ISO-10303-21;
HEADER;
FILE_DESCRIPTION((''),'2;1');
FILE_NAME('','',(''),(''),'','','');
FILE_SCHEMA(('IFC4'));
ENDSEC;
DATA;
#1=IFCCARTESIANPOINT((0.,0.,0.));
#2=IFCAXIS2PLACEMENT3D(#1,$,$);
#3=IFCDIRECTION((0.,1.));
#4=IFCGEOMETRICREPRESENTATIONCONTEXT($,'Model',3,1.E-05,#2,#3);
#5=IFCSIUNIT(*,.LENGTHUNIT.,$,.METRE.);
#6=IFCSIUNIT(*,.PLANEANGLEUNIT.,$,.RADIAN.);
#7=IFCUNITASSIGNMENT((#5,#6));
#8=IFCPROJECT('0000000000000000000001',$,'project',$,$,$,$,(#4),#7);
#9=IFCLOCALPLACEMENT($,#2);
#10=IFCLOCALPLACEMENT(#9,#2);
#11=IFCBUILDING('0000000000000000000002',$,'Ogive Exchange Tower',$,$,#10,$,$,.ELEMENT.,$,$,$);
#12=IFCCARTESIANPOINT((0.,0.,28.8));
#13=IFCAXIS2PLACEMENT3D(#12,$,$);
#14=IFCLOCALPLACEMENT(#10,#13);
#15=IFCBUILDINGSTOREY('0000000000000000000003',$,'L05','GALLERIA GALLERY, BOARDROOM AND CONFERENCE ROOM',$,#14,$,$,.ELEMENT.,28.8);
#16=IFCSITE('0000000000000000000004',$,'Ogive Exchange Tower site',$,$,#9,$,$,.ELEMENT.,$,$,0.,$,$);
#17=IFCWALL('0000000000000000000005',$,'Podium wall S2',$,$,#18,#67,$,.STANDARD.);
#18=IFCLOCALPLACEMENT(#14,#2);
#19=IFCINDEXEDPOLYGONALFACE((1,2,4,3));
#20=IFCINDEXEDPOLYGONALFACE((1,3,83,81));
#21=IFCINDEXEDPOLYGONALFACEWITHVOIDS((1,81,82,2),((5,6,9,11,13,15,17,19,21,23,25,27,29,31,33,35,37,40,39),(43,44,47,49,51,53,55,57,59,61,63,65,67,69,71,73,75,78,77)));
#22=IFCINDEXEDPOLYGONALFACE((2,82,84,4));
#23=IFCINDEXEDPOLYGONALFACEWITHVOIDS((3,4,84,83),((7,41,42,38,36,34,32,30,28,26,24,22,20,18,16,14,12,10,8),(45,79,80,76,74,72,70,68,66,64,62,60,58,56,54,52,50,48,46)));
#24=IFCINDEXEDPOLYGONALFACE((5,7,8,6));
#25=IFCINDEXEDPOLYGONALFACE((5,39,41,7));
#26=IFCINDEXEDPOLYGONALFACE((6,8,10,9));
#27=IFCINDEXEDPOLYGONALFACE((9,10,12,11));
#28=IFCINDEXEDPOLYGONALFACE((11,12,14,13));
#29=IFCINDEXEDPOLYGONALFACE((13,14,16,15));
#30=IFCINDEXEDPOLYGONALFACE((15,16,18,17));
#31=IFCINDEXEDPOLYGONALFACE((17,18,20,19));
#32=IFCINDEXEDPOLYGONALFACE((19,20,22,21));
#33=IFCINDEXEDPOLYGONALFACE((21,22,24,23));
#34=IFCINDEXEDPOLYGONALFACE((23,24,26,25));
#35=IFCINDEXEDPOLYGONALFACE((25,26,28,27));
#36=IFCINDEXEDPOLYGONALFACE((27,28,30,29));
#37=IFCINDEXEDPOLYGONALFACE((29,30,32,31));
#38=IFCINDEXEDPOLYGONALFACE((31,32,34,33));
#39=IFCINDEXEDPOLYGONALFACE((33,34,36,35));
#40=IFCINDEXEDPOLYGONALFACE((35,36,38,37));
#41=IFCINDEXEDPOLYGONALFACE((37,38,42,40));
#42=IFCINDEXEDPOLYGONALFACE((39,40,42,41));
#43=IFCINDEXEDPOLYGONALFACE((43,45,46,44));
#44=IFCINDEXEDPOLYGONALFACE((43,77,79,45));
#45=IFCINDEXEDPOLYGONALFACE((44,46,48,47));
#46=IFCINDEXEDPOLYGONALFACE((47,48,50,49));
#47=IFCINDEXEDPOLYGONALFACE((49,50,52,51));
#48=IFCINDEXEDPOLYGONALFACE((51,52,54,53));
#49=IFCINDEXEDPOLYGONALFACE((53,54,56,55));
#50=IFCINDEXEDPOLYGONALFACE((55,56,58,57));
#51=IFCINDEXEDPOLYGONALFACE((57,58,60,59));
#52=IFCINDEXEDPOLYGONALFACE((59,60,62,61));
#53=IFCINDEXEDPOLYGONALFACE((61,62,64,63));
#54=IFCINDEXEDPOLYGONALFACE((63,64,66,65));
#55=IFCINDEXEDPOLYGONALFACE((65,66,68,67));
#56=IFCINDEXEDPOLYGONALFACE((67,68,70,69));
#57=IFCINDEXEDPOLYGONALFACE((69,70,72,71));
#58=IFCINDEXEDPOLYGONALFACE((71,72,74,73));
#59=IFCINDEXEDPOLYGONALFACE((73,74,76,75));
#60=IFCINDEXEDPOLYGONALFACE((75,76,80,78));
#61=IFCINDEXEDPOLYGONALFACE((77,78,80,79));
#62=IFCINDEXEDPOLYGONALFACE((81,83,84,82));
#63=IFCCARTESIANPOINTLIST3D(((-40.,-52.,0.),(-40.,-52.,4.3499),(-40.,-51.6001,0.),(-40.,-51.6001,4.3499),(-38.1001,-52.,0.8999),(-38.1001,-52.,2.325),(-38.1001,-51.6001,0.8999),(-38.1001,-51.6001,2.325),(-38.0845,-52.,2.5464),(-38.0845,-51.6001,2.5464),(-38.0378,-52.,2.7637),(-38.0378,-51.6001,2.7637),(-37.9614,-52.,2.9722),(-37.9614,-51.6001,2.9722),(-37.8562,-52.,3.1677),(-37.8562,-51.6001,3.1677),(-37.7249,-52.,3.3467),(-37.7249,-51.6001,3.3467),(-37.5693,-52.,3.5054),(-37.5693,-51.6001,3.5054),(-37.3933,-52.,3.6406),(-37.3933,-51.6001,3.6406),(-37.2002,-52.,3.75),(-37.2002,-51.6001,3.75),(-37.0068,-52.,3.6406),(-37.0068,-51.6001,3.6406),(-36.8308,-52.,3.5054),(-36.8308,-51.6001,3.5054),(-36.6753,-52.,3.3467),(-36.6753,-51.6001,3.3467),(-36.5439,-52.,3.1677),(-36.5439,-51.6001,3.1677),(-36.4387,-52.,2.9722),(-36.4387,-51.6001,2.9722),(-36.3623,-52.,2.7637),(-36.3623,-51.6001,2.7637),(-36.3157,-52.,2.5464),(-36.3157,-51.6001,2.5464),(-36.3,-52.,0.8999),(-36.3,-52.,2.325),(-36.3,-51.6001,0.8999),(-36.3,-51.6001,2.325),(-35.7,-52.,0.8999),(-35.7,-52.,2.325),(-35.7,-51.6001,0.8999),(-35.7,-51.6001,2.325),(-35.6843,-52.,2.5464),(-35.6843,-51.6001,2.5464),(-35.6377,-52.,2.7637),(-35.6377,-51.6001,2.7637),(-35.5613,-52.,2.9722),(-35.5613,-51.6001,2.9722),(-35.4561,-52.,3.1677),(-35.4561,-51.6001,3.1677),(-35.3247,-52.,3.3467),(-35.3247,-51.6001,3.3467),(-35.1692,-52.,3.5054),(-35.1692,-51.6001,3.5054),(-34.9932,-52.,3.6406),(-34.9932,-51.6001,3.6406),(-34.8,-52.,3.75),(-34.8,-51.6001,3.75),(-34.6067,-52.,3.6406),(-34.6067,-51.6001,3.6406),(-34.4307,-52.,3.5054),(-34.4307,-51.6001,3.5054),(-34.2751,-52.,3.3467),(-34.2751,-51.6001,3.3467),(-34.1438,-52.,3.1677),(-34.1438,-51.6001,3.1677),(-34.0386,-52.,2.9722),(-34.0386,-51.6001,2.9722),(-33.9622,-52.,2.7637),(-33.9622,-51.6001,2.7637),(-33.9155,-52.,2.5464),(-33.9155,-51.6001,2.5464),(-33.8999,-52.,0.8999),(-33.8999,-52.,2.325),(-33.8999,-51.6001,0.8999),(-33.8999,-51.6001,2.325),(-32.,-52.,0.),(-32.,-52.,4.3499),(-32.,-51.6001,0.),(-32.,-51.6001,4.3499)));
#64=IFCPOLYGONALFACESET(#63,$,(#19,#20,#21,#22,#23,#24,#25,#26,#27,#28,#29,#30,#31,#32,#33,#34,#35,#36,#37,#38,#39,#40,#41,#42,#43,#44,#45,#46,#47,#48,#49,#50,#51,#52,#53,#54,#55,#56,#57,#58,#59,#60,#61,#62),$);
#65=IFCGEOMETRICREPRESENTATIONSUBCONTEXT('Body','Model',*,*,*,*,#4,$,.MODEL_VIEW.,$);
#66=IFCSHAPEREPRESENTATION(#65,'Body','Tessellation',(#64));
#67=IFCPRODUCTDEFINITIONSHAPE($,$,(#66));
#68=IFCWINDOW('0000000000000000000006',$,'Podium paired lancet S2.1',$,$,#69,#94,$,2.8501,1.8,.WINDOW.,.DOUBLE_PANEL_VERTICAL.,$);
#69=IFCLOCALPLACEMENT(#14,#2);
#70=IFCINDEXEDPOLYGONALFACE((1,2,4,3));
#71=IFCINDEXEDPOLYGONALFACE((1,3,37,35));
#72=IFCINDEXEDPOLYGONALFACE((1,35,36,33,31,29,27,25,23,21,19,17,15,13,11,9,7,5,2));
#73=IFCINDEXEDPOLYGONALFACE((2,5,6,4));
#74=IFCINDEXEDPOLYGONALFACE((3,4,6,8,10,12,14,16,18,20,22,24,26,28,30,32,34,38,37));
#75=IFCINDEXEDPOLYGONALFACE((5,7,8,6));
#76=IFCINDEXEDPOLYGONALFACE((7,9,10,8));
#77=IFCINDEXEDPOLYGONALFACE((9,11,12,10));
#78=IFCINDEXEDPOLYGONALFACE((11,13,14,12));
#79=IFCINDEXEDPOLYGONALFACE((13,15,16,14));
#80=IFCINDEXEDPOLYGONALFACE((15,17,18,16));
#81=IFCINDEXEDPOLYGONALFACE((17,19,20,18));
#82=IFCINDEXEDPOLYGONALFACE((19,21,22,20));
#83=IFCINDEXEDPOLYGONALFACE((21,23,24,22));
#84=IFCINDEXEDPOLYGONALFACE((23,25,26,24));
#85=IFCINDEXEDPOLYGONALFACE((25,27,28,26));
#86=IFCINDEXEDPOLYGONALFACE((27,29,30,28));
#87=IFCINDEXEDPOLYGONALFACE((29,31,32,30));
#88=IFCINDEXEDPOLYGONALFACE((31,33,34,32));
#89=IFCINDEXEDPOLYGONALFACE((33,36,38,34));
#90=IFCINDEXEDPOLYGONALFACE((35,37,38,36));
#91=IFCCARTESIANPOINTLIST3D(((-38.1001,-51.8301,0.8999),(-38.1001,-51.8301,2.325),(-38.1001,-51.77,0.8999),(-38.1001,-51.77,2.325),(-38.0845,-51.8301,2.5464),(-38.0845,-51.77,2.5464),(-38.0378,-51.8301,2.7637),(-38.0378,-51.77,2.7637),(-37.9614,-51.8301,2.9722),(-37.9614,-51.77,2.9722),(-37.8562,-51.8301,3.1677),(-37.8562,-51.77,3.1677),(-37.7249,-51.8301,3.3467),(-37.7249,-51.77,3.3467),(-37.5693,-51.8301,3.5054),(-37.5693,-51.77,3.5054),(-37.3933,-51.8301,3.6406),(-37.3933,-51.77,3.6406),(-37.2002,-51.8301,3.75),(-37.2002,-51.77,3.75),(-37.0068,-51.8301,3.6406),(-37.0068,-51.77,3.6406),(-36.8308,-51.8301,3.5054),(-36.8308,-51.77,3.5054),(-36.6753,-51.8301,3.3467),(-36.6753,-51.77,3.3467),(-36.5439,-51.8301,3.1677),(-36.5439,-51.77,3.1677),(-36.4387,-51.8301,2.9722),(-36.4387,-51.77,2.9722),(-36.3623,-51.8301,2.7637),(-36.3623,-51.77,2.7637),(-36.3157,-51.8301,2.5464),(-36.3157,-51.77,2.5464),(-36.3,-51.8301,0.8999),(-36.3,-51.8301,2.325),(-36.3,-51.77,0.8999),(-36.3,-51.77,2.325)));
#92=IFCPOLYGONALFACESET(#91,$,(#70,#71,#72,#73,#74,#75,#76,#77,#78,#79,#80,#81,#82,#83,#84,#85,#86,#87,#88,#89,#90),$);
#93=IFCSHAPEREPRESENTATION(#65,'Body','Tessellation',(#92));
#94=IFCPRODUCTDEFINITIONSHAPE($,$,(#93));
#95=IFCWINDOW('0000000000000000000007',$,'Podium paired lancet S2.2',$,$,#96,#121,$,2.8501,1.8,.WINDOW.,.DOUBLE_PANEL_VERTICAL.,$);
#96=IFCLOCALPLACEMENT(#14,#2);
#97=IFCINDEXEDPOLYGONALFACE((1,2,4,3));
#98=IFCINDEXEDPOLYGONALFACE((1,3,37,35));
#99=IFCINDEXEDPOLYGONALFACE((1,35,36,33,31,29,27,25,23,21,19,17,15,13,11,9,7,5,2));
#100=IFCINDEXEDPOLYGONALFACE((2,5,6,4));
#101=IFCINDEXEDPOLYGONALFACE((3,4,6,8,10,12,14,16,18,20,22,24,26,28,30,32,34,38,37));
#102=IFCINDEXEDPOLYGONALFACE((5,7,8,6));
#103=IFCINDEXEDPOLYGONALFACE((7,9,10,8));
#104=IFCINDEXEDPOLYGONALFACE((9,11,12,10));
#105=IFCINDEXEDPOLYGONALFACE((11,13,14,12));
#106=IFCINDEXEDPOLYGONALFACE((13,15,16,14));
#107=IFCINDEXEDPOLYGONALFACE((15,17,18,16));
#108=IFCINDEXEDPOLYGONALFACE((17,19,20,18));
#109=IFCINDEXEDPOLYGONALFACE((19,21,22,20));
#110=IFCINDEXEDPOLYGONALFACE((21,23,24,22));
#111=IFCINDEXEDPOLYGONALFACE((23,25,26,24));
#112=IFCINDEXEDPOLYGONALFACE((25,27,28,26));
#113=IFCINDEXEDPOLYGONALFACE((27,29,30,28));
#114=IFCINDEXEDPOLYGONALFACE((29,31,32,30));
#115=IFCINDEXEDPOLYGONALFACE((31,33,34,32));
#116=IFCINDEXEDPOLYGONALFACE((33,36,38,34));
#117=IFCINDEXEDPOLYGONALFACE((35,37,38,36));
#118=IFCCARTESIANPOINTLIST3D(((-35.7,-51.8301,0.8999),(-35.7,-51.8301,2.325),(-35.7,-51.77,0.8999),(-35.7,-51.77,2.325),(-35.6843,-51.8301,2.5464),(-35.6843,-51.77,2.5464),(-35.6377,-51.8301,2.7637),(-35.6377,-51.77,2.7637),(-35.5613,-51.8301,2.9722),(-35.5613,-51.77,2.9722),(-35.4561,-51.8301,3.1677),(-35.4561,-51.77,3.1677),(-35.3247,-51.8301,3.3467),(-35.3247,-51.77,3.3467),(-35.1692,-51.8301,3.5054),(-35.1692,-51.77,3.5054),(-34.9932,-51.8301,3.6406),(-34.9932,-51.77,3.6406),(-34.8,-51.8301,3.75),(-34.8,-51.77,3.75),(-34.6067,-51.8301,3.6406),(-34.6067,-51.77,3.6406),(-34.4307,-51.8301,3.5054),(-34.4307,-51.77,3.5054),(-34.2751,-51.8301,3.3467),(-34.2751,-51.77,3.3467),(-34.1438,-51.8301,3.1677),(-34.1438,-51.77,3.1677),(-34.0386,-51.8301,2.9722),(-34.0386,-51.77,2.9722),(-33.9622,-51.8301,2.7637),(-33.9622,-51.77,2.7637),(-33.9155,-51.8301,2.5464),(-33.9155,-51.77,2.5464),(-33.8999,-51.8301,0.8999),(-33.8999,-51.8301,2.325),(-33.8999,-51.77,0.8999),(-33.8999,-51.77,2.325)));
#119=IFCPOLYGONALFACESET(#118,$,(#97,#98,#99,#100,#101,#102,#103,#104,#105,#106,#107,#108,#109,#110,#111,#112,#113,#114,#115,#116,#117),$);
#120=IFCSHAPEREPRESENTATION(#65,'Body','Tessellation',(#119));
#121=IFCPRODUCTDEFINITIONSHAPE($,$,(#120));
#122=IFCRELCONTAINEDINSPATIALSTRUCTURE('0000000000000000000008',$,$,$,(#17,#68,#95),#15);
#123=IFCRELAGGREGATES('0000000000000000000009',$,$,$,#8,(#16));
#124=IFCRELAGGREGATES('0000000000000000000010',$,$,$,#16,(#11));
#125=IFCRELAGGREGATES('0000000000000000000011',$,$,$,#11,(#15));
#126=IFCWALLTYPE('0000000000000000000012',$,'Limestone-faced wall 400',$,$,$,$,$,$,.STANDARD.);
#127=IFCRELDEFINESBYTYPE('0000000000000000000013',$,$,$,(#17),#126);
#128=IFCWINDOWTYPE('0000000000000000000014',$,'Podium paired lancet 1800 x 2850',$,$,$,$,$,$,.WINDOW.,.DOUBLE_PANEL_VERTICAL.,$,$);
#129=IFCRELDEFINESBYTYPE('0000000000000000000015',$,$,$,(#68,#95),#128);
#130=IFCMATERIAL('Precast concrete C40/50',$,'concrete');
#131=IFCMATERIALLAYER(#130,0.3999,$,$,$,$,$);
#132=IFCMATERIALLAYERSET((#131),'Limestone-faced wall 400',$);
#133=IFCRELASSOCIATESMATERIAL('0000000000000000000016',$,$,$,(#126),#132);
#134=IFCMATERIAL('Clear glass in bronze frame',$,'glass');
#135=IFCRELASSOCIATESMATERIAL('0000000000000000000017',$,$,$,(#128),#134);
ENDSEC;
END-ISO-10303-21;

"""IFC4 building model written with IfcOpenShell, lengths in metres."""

from ifc_helpers import new_model, si_unit, direction, frame, frame_2d, origin, place, context, subcontext, project, spatial, polyline, rectangle, outline, extrude, material, layer, layer_set, type_object, element, fill, save


model = new_model("IFC4")

# Units and contexts
model_context = context("Model", 3, precision=1e-05, world=origin(), true_north=direction((0.0, 1.0)))
body_context = subcontext(model_context, "Body", "Model", "MODEL_VIEW")
ifc_project = project(units=[si_unit("LENGTHUNIT", "METRE"), si_unit("PLANEANGLEUNIT", "RADIAN")], contexts=[model_context])

# Site, building, storey
site_placement = place(None, origin())
site = spatial("IfcSite", under=ifc_project, at=site_placement, Name="Ogive Exchange Tower site", CompositionType="ELEMENT", RefElevation=0.0)
building_placement = place(site_placement, origin())
building = spatial("IfcBuilding", under=site, at=building_placement, Name="Ogive Exchange Tower", CompositionType="ELEMENT")
storey_placement = place(building_placement, frame((0.0, 0.0, 28.8)))
storey = spatial("IfcBuildingStorey", under=building, at=storey_placement, Name="L05", Description="GALLERIA GALLERY, BOARDROOM AND CONFERENCE ROOM", CompositionType="ELEMENT", Elevation=28.8)

# Shared definitions
ifc_material_1 = material(Name="Precast concrete C40/50", Category="concrete")
ifc_layer_1 = layer(ifc_material_1, 0.3999)
ifc_layer_set_1 = layer_set([ifc_layer_1], Name="Limestone-faced wall 400")
wall_type_1 = type_object("IfcWallType", Name="Limestone-faced wall 400", PredefinedType="STANDARD", material=ifc_layer_set_1)

# Wall, openings, windows
wall_1_placement = place(storey_placement, frame((-40.0, -51.8, 0.0), z_axis=(0.0, 0.0, 1.0), x_axis=(1.0, 0.0, 0.0)))
wall_1 = element("IfcWall", 1, at=wall_1_placement, inside=storey, type_object=wall_type_1, Name="Podium wall S2", PredefinedType="STANDARD", context=body_context, shape_type="SweptSolid", body=[
    extrude(rectangle(XDim=8.0, YDim=0.3999, at=frame_2d((4.0, 0.0))), origin(), (0.0, 0.0, 1.0), 4.3499),
])
opening_1_placement = place(wall_1_placement, frame((1.8999, 0.0, 0.8999)))
opening_1 = element("IfcOpeningElement", 2, at=opening_1_placement, cuts=wall_1, PredefinedType="OPENING", context=body_context, shape_type="SweptSolid", body=[
    extrude(outline(polyline([(0.0, 0.0), (1.8, 0.0), (1.8, 1.425), (1.7844, 1.6465), (1.7378, 1.8638), (1.6614, 2.0723), (1.5562, 2.2678), (1.4248, 2.4468), (1.2693, 2.6055), (1.0933, 2.7407), (0.8999, 2.8501), (0.7068, 2.7407), (0.5308, 2.6055), (0.3752, 2.4468), (0.2439, 2.2678), (0.1387, 2.0723), (0.0623, 1.8638), (0.0156, 1.6465), (0.0, 1.425), (0.0, 0.0)])), frame((0.0, 0.21, 0.0), z_axis=(0.0, -1.0, 0.0), x_axis=(1.0, 0.0, 0.0)), (0.0, 0.0, 1.0), 0.4199),
])
opening_2_placement = place(wall_1_placement, frame((4.3, 0.0, 0.8999)))
opening_2 = element("IfcOpeningElement", 3, at=opening_2_placement, cuts=wall_1, PredefinedType="OPENING", context=body_context, shape_type="SweptSolid", body=[
    extrude(outline(polyline([(0.0, 0.0), (1.8, 0.0), (1.8, 1.425), (1.7844, 1.6465), (1.7378, 1.8638), (1.6614, 2.0723), (1.5562, 2.2678), (1.4248, 2.4468), (1.2693, 2.6055), (1.0933, 2.7407), (0.8999, 2.8501), (0.7068, 2.7407), (0.5308, 2.6055), (0.3752, 2.4468), (0.2439, 2.2678), (0.1387, 2.0723), (0.0623, 1.8638), (0.0156, 1.6465), (0.0, 1.425), (0.0, 0.0)])), frame((0.0, 0.21, 0.0), z_axis=(0.0, -1.0, 0.0), x_axis=(1.0, 0.0, 0.0)), (0.0, 0.0, 1.0), 0.4199),
])
ifc_material_2 = material(Name="Clear glass in bronze frame", Category="glass")
window_type_1 = type_object("IfcWindowType", Name="Podium paired lancet 1800 x 2850", PartitioningType="DOUBLE_PANEL_VERTICAL", PredefinedType="WINDOW", material=ifc_material_2)
window_1_placement = place(opening_1_placement, origin())
window_1 = element("IfcWindow", 4, at=window_1_placement, inside=storey, type_object=window_type_1, Name="Podium paired lancet S2.1", OverallHeight=2.8501, OverallWidth=1.8, PartitioningType="DOUBLE_PANEL_VERTICAL", PredefinedType="WINDOW", context=body_context, shape_type="SweptSolid", body=[
    extrude(outline(polyline([(0.0, 0.0), (1.8, 0.0), (1.8, 1.425), (1.7844, 1.6465), (1.7378, 1.8638), (1.6614, 2.0723), (1.5562, 2.2678), (1.4248, 2.4468), (1.2693, 2.6055), (1.0933, 2.7407), (0.8999, 2.8501), (0.7068, 2.7407), (0.5308, 2.6055), (0.3752, 2.4468), (0.2439, 2.2678), (0.1387, 2.0723), (0.0623, 1.8638), (0.0156, 1.6465), (0.0, 1.425), (0.0, 0.0)])), frame((0.0, 0.03, 0.0), z_axis=(0.0, -1.0, 0.0), x_axis=(1.0, 0.0, 0.0)), (0.0, 0.0, 1.0), 0.0601),
])
fill(opening_1, window_1)
window_2_placement = place(opening_2_placement, origin())
window_2 = element("IfcWindow", 5, at=window_2_placement, inside=storey, type_object=window_type_1, Name="Podium paired lancet S2.2", OverallHeight=2.8501, OverallWidth=1.8, PartitioningType="DOUBLE_PANEL_VERTICAL", PredefinedType="WINDOW", context=body_context, shape_type="SweptSolid", body=[
    extrude(outline(polyline([(0.0, 0.0), (1.8, 0.0), (1.8, 1.425), (1.7844, 1.6465), (1.7378, 1.8638), (1.6614, 2.0723), (1.5562, 2.2678), (1.4248, 2.4468), (1.2693, 2.6055), (1.0933, 2.7407), (0.8999, 2.8501), (0.7068, 2.7407), (0.5308, 2.6055), (0.3752, 2.4468), (0.2439, 2.2678), (0.1387, 2.0723), (0.0623, 1.8638), (0.0156, 1.6465), (0.0, 1.425), (0.0, 0.0)])), frame((0.0, 0.03, 0.0), z_axis=(0.0, -1.0, 0.0), x_axis=(1.0, 0.0, 0.0)), (0.0, 0.0, 1.0), 0.0601),
])
fill(opening_2, window_2)

save(model, "model.ifc")
